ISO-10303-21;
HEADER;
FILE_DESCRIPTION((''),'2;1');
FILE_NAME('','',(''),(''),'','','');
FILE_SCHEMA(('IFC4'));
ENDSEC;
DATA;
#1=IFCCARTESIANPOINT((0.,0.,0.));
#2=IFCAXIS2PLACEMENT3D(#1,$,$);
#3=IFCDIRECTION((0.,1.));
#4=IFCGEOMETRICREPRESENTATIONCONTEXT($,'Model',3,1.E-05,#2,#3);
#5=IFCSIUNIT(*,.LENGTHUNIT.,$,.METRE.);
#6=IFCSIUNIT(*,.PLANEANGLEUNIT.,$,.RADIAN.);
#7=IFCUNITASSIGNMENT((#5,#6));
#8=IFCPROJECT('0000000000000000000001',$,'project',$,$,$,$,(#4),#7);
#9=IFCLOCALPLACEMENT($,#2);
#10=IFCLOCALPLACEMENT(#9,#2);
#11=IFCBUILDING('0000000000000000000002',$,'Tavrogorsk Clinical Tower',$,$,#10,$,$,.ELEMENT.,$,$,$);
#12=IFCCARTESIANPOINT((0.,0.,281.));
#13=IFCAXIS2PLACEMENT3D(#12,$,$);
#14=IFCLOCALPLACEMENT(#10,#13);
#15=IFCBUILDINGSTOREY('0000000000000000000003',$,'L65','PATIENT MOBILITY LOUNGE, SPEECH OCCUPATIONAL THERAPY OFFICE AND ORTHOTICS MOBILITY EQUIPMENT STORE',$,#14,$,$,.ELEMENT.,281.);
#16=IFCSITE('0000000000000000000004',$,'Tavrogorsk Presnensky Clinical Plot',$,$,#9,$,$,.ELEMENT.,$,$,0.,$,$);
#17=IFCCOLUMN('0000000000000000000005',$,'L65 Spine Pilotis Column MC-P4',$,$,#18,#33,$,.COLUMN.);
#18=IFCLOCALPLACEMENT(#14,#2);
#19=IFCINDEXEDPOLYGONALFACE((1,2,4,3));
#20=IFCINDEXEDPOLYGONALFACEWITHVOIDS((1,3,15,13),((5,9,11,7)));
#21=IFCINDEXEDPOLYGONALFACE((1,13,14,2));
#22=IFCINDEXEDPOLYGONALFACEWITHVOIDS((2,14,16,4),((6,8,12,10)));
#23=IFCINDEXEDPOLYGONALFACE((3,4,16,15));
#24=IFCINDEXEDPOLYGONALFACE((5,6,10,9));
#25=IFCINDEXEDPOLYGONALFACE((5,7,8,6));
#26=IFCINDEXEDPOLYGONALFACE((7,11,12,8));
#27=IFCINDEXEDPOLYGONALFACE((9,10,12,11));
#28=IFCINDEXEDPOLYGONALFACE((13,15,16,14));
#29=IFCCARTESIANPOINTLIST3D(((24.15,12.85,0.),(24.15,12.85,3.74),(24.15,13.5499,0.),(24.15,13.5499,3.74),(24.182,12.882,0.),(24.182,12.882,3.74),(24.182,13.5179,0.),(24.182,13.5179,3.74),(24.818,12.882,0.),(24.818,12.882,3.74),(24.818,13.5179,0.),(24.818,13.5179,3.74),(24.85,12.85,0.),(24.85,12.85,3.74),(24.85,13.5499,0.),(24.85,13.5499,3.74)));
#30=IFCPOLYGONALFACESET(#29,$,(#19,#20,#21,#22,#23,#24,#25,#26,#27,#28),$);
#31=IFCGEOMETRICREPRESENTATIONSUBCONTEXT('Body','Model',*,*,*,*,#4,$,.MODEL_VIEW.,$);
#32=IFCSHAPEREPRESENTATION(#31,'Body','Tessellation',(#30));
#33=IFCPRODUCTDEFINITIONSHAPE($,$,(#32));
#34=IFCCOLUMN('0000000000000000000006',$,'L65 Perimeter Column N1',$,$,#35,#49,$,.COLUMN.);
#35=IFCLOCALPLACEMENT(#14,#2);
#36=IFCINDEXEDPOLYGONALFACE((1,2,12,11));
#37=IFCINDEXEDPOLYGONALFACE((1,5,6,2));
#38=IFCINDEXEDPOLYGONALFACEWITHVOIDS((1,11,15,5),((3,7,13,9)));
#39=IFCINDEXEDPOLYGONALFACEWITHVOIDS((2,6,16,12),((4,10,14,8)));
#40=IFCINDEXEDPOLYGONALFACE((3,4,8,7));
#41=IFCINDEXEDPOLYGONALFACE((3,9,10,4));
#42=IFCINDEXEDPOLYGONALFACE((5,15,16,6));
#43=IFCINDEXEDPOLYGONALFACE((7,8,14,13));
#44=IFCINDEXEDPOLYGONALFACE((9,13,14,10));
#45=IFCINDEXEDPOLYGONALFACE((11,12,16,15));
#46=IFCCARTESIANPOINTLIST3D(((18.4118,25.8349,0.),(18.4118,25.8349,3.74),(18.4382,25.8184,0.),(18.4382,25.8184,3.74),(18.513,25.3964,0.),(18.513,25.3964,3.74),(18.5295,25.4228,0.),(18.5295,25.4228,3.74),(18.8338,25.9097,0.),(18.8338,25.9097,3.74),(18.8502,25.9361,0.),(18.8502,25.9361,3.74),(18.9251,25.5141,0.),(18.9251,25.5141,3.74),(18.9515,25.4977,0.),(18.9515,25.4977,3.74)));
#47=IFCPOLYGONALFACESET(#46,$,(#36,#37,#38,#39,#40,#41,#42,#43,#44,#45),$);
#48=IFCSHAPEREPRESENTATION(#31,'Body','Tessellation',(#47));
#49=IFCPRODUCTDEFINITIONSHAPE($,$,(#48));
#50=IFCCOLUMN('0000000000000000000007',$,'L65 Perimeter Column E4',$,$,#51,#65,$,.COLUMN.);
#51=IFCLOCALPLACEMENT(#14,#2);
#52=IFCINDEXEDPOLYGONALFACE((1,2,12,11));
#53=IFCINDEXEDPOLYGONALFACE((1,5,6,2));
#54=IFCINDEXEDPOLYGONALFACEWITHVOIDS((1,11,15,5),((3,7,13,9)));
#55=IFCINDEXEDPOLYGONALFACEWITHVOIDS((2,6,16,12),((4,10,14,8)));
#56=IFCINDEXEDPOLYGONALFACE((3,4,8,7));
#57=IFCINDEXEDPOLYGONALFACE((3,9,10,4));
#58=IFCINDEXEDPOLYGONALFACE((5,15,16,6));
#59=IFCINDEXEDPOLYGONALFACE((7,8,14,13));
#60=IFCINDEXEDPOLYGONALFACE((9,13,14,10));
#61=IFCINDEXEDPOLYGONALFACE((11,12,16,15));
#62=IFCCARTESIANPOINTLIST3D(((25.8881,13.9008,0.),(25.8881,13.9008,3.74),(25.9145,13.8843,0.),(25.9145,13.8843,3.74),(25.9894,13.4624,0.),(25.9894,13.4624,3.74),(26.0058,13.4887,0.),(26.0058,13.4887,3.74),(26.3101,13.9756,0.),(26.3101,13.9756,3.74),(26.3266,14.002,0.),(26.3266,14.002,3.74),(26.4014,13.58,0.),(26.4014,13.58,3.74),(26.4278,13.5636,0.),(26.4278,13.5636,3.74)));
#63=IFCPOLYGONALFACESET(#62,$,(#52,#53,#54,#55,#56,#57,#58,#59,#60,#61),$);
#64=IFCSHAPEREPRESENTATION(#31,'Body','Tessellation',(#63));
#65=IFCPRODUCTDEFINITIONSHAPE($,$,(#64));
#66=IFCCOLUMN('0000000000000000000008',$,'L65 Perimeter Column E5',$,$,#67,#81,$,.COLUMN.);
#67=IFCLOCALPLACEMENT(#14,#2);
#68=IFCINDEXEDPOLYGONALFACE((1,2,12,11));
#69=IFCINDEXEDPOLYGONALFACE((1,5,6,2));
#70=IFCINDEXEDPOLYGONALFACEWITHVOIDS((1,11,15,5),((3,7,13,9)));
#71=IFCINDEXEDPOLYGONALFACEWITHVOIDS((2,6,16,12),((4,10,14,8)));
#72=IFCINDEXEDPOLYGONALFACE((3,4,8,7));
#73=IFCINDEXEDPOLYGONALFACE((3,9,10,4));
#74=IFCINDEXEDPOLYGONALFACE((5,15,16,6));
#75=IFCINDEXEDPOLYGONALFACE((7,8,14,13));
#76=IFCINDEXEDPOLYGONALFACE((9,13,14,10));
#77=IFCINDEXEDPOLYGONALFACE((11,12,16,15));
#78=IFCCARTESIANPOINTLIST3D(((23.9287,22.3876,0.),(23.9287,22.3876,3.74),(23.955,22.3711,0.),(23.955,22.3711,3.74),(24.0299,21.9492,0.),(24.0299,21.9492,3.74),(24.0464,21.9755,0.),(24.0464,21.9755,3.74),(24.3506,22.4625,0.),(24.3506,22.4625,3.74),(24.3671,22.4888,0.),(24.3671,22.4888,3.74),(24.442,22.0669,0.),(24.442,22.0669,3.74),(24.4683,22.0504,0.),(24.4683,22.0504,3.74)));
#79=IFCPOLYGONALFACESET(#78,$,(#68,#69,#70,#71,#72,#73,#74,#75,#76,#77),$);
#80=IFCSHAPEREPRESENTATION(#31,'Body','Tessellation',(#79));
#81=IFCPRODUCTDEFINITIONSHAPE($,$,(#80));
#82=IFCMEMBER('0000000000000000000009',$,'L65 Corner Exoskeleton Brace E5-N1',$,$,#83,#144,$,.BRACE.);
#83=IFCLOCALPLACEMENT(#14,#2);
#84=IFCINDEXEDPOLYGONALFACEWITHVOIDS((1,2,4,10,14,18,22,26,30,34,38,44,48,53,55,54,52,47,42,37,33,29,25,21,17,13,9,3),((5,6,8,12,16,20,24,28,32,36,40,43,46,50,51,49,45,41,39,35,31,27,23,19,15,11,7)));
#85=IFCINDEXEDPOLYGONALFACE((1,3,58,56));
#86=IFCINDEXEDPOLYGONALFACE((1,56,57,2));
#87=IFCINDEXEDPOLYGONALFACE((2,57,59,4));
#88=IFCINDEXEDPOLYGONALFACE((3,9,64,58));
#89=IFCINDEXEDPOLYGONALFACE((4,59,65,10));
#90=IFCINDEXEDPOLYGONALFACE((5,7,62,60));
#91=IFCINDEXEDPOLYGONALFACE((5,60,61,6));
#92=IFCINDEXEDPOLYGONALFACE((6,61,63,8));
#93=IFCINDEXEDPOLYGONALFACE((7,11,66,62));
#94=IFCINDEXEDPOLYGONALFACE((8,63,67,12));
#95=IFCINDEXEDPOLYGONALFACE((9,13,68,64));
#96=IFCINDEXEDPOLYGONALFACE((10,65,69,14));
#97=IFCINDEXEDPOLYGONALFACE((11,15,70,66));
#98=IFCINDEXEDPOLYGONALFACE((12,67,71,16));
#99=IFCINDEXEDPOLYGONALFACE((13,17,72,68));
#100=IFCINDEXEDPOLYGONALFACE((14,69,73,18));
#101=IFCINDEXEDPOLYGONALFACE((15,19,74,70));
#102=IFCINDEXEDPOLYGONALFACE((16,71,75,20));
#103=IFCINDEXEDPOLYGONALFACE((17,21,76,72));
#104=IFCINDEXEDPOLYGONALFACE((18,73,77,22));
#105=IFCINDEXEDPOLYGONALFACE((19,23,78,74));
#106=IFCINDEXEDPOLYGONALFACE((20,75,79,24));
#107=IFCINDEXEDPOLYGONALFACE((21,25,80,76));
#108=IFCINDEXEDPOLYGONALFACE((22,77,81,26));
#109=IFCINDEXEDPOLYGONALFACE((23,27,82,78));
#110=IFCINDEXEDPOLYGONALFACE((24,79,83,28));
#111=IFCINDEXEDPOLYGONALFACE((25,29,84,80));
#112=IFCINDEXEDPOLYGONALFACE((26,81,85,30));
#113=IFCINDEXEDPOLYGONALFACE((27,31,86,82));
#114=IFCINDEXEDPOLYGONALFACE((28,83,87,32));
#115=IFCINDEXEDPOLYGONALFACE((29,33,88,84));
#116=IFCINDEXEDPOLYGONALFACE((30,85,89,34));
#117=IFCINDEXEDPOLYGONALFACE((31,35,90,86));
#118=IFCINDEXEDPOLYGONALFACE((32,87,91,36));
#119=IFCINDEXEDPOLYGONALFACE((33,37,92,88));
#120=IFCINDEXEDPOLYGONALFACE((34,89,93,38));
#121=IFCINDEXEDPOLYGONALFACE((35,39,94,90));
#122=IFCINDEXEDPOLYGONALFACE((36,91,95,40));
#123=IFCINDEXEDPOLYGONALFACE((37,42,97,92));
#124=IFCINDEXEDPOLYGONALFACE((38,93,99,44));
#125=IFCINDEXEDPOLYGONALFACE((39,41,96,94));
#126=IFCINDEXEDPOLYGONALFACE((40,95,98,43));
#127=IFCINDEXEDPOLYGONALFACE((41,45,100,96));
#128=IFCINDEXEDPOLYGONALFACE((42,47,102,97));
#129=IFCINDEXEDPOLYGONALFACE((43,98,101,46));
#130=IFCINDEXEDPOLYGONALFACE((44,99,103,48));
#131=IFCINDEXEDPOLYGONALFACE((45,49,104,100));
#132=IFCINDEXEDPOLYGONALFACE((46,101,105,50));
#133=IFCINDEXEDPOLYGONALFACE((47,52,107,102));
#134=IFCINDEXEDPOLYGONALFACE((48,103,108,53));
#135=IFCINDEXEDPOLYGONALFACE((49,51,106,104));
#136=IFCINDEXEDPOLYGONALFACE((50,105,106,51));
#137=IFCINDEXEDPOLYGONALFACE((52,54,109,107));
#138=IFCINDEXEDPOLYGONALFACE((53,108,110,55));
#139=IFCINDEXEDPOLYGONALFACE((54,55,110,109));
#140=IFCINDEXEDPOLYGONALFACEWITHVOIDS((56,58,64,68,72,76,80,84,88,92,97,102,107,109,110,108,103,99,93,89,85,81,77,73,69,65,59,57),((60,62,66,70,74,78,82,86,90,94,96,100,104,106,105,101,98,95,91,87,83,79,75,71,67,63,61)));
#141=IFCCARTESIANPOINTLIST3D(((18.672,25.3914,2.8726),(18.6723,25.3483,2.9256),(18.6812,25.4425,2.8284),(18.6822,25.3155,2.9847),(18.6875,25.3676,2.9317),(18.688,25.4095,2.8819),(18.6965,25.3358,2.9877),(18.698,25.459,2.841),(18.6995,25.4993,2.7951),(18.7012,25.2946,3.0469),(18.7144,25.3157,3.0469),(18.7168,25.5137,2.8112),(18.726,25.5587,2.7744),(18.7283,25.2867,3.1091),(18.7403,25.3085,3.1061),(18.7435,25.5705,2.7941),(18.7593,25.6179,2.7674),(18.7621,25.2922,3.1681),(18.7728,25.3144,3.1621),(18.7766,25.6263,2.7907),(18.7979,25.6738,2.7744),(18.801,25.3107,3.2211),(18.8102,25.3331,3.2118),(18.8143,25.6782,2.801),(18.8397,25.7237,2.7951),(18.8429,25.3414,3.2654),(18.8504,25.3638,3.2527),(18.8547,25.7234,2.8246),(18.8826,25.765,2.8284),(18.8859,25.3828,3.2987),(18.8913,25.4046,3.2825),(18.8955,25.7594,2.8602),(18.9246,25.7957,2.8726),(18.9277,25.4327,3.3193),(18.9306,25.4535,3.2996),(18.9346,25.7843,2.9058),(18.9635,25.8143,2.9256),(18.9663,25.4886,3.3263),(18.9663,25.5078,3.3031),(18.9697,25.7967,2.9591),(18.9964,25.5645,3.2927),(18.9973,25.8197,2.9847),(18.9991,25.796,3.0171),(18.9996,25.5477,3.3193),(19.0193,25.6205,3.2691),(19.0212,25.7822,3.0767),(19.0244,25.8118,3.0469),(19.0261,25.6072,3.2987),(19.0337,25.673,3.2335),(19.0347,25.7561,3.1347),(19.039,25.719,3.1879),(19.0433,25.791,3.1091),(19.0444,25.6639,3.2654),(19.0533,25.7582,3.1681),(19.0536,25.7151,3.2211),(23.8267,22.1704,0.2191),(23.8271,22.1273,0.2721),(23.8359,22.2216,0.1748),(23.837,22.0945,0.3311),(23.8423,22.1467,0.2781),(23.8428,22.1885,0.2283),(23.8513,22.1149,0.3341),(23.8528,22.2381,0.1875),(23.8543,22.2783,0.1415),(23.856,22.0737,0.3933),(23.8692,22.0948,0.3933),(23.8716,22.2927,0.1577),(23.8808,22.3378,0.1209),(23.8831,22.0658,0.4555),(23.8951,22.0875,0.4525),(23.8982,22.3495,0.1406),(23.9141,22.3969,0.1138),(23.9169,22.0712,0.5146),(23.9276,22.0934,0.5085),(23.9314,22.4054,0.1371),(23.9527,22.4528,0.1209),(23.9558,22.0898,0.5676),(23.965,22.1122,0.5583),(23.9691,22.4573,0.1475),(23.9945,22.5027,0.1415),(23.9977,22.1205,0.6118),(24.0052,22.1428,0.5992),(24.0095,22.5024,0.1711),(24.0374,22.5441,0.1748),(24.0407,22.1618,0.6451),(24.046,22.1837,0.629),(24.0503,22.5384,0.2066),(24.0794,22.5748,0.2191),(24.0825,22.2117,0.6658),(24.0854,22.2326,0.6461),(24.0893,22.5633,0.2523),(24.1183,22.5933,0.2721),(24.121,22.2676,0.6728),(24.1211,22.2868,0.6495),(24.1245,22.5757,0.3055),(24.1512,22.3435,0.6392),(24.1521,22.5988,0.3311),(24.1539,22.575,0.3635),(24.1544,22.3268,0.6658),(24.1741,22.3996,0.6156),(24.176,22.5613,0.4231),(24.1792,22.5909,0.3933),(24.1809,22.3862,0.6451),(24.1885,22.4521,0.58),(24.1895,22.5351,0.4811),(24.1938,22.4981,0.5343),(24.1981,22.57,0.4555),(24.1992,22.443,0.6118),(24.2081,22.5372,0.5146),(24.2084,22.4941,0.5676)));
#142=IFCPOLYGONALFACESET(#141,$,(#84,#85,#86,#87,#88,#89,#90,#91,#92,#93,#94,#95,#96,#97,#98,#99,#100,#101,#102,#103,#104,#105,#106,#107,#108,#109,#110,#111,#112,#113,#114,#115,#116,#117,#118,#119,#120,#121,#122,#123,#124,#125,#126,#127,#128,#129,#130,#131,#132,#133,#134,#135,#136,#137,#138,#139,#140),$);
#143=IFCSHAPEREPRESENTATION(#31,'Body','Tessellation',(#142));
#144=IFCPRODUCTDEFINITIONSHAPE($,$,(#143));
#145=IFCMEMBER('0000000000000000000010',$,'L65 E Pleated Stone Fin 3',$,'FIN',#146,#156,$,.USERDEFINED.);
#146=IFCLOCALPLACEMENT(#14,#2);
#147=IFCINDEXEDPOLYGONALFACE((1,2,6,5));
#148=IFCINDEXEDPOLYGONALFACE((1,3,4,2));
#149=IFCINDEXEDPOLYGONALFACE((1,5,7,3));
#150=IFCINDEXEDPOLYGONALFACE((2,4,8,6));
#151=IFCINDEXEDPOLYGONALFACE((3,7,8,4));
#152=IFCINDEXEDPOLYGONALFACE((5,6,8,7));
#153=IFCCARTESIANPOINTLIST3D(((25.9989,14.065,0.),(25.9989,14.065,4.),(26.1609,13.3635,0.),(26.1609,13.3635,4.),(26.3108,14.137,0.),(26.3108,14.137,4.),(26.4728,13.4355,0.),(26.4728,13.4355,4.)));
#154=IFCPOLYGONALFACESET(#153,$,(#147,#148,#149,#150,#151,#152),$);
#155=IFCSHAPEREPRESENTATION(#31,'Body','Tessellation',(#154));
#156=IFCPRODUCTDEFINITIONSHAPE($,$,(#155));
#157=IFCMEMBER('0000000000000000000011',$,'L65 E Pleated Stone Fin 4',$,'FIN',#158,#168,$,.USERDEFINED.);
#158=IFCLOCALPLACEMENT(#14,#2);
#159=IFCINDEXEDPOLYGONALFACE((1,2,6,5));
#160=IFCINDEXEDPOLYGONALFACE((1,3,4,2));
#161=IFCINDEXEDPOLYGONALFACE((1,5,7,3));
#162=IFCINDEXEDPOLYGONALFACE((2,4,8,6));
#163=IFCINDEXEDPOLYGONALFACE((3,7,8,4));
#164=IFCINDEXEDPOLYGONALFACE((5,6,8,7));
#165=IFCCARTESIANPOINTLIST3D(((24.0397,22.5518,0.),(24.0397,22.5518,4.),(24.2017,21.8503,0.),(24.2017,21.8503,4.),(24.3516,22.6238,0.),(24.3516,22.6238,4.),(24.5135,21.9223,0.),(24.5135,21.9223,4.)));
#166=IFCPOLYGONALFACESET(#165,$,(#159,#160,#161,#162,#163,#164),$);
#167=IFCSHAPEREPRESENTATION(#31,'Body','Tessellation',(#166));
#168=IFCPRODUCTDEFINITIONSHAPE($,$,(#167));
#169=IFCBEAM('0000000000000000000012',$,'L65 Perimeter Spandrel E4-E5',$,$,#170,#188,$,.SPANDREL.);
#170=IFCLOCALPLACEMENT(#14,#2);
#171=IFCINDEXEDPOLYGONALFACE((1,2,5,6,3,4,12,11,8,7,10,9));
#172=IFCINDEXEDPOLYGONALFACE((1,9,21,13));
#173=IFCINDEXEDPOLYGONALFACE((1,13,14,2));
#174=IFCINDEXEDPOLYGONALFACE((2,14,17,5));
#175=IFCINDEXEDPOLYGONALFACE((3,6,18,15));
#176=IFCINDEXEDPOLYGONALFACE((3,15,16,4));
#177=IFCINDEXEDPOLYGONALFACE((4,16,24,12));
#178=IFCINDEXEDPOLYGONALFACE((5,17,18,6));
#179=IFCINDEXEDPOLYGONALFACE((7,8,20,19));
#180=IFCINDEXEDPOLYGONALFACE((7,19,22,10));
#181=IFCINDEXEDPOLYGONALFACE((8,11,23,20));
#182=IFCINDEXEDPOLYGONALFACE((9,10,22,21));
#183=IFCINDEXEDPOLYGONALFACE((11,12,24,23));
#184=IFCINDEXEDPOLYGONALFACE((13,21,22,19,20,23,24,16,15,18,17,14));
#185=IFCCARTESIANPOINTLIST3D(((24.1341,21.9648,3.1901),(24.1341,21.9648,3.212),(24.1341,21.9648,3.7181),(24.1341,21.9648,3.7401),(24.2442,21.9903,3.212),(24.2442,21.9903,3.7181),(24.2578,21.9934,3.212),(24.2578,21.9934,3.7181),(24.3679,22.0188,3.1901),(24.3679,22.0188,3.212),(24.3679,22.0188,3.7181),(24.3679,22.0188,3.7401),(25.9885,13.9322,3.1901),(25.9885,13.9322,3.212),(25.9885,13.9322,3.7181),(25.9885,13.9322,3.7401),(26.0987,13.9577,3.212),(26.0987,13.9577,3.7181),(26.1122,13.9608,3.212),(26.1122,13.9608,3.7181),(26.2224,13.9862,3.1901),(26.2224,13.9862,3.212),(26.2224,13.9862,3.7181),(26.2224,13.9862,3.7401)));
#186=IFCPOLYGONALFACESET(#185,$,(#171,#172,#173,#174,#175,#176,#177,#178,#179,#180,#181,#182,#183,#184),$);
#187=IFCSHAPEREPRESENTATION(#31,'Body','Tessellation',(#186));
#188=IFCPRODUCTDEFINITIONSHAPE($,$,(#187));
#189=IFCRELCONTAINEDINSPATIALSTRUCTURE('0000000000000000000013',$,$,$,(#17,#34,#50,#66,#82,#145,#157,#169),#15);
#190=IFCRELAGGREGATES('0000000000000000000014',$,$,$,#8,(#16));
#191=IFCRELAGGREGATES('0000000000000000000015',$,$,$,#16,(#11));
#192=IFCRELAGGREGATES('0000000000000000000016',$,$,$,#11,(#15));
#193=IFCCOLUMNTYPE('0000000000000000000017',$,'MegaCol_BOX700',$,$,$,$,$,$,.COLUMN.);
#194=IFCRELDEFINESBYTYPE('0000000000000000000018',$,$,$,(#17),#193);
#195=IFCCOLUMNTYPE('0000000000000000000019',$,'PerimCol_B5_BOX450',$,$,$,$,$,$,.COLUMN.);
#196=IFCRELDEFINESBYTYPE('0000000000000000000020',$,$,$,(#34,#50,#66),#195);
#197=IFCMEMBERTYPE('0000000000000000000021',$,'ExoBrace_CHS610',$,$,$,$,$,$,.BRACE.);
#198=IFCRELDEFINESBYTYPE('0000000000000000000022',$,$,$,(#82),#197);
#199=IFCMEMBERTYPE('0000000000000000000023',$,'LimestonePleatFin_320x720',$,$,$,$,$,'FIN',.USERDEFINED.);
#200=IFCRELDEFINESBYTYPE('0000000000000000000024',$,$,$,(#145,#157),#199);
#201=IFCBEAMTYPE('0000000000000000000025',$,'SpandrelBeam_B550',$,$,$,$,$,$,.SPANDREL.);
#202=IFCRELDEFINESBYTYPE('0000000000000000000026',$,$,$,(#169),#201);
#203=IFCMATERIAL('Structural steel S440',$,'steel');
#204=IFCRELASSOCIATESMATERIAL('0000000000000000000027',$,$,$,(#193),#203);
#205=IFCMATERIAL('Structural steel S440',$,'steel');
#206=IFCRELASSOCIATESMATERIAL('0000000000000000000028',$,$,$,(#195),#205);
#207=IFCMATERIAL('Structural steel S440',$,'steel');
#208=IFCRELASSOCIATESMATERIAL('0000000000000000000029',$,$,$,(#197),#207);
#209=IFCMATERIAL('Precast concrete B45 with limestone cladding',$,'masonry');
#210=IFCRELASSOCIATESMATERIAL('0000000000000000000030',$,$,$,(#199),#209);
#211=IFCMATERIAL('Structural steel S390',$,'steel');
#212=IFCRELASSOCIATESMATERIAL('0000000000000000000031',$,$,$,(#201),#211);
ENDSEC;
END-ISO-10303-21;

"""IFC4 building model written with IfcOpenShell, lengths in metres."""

from ifc_helpers import new_model, si_unit, direction, frame, origin, origin_2d, place, context, subcontext, project, spatial, rectangle, hollow_rectangle, hollow_circle, i_section, extrude, material, material_profile, profile_set, type_object, element, save


model = new_model("IFC4")

# Units and contexts
model_context = context("Model", 3, precision=1e-05, world=origin(), true_north=direction((0.0, 1.0)))
body_context = subcontext(model_context, "Body", "Model", "MODEL_VIEW")
ifc_project = project(units=[si_unit("LENGTHUNIT", "METRE"), si_unit("PLANEANGLEUNIT", "RADIAN")], contexts=[model_context])

# Site, building, storey
site_placement = place(None, origin())
site = spatial("IfcSite", under=ifc_project, at=site_placement, Name="Tavrogorsk Presnensky Clinical Plot", CompositionType="ELEMENT", RefElevation=0.0)
building_placement = place(site_placement, origin())
building = spatial("IfcBuilding", under=site, at=building_placement, Name="Tavrogorsk Clinical Tower", CompositionType="ELEMENT")
storey_placement = place(building_placement, frame((0.0, 0.0, 281.0)))
storey = spatial("IfcBuildingStorey", under=building, at=storey_placement, Name="L65", Description="PATIENT MOBILITY LOUNGE, SPEECH OCCUPATIONAL THERAPY OFFICE AND ORTHOTICS MOBILITY EQUIPMENT STORE", CompositionType="ELEMENT", Elevation=281.0)

# Columns
ifc_material_1 = material(Name="Structural steel S440", Category="steel")
ifc_material_profile_1 = material_profile(ifc_material_1, hollow_rectangle(XDim=0.7, YDim=0.7, WallThickness=0.032, at=origin_2d()), Name="BOX-700x700x32")
ifc_profile_set_1 = profile_set([ifc_material_profile_1], Name="Structural steel S440")
column_type_1 = type_object("IfcColumnType", Name="MegaCol_BOX700", PredefinedType="COLUMN", material=ifc_profile_set_1)
column_placement = place(storey_placement, frame((24.5, 13.2, 0.0), z_axis=(0.0, 0.0, 1.0), x_axis=(1.0, 0.0, 0.0)))
element("IfcColumn", 1, at=column_placement, inside=storey, type_object=column_type_1, Name="L65 Spine Pilotis Column MC-P4", PredefinedType="COLUMN", context=body_context, shape_type="SweptSolid", body=[
    extrude(hollow_rectangle(XDim=0.7, YDim=0.7, WallThickness=0.032, at=origin_2d()), origin(), (0.0, 0.0, 1.0), 3.74),
])
ifc_material_2 = material(Name="Structural steel S440", Category="steel")
ifc_material_profile_2 = material_profile(ifc_material_2, hollow_rectangle(XDim=0.45, YDim=0.45, WallThickness=0.022, at=origin_2d()), Name="BOX-450x450x22")
ifc_profile_set_2 = profile_set([ifc_material_profile_2], Name="Structural steel S440")
column_type_2 = type_object("IfcColumnType", Name="PerimCol_B5_BOX450", PredefinedType="COLUMN", material=ifc_profile_set_2)
for number, where, z_axis, x_axis, name in (
    (2, (18.6816, 25.6663, 0.0), (0.0, 0.0, 1.0), (0.97437, 0.224951, 0.0), "L65 Perimeter Column N1"),
    (3, (26.158, 13.7322, 0.0), (0.0, 0.0, 1.0), (0.97437, 0.224951, 0.0), "L65 Perimeter Column E4"),
    (4, (24.1985, 22.219, 0.0), (0.0, 0.0, 1.0), (0.97437, 0.224951, 0.0), "L65 Perimeter Column E5"),
):
    element("IfcColumn", number, at=place(storey_placement, frame(where, z_axis=z_axis, x_axis=x_axis)), inside=storey, type_object=column_type_2, Name=name, PredefinedType="COLUMN", context=body_context, shape_type="SweptSolid", body=[
        extrude(hollow_rectangle(XDim=0.45, YDim=0.45, WallThickness=0.022, at=origin_2d()), origin(), (0.0, 0.0, 1.0), 3.74),
    ])

# Members
ifc_material_3 = material(Name="Structural steel S440", Category="steel")
ifc_material_profile_3 = material_profile(ifc_material_3, hollow_circle(Radius=0.3049, WallThickness=0.0249, at=origin_2d()), Name="CHS-610x25")
ifc_profile_set_3 = profile_set([ifc_material_profile_3], Name="Structural steel S440")
member_type_1 = type_object("IfcMemberType", Name="ExoBrace_CHS610", PredefinedType="BRACE", material=ifc_profile_set_3)
member_placement = place(storey_placement, frame((24.0176, 22.3323, 0.3933), z_axis=(-0.777222, 0.485644, 0.400096), x_axis=(-0.529905, -0.848057, 0.0)))
element("IfcMember", 5, at=member_placement, inside=storey, type_object=member_type_1, Name="L65 Corner Exoskeleton Brace E5-N1", PredefinedType="BRACE", context=body_context, shape_type="SweptSolid", body=[
    extrude(hollow_circle(Radius=0.3049, WallThickness=0.0249, at=origin_2d()), origin(), (0.0, 0.0, 1.0), 6.6323),
])
ifc_material_4 = material(Name="Precast concrete B45 with limestone cladding", Category="masonry")
ifc_material_profile_4 = material_profile(ifc_material_4, rectangle(XDim=0.3201, YDim=0.72, at=origin_2d()), Name="LIMESTONE-FIN-320x720")
ifc_profile_set_4 = profile_set([ifc_material_profile_4], Name="Precast concrete B45 with limestone cladding")
member_type_2 = type_object("IfcMemberType", Name="LimestonePleatFin_320x720", ElementType="FIN", PredefinedType="USERDEFINED", material=ifc_profile_set_4)
for number, where, z_axis, x_axis, name in (
    (6, (26.2358, 13.7502, 0.0), (0.0, 0.0, 1.0), (0.97437, 0.224951, 0.0), "L65 E Pleated Stone Fin 3"),
    (7, (24.2766, 22.2371, 0.0), (0.0, 0.0, 1.0), (0.97437, 0.224951, 0.0), "L65 E Pleated Stone Fin 4"),
):
    element("IfcMember", number, at=place(storey_placement, frame(where, z_axis=z_axis, x_axis=x_axis)), inside=storey, type_object=member_type_2, Name=name, ObjectType="FIN", PredefinedType="USERDEFINED", context=body_context, shape_type="SweptSolid", body=[
        extrude(rectangle(XDim=0.3201, YDim=0.72, at=origin_2d()), origin(), (0.0, 0.0, 1.0), 4.0),
    ])

# Beam
ifc_material_5 = material(Name="Structural steel S390", Category="steel")
ifc_material_profile_5 = material_profile(ifc_material_5, i_section(OverallWidth=0.24, OverallDepth=0.55, WebThickness=0.0139, FlangeThickness=0.022, at=origin_2d()), Name="B-550x240x14x22")
ifc_profile_set_5 = profile_set([ifc_material_profile_5], Name="Structural steel S390")
beam_type_1 = type_object("IfcBeamType", Name="SpandrelBeam_B550", PredefinedType="SPANDREL", material=ifc_profile_set_5)
beam_1_placement = place(storey_placement, frame((26.1055, 13.9592, 3.4651), z_axis=(-0.22495, 0.97437, 0.0), x_axis=(-0.97437, -0.22495, 0.0)))
element("IfcBeam", 8, at=beam_1_placement, inside=storey, type_object=beam_type_1, Name="L65 Perimeter Spandrel E4-E5", PredefinedType="SPANDREL", context=body_context, shape_type="SweptSolid", body=[
    extrude(i_section(OverallWidth=0.24, OverallDepth=0.55, WebThickness=0.0139, FlangeThickness=0.022, at=origin_2d()), origin(), (0.0, 0.0, 1.0), 8.2439),
])

save(model, "model.ifc")
